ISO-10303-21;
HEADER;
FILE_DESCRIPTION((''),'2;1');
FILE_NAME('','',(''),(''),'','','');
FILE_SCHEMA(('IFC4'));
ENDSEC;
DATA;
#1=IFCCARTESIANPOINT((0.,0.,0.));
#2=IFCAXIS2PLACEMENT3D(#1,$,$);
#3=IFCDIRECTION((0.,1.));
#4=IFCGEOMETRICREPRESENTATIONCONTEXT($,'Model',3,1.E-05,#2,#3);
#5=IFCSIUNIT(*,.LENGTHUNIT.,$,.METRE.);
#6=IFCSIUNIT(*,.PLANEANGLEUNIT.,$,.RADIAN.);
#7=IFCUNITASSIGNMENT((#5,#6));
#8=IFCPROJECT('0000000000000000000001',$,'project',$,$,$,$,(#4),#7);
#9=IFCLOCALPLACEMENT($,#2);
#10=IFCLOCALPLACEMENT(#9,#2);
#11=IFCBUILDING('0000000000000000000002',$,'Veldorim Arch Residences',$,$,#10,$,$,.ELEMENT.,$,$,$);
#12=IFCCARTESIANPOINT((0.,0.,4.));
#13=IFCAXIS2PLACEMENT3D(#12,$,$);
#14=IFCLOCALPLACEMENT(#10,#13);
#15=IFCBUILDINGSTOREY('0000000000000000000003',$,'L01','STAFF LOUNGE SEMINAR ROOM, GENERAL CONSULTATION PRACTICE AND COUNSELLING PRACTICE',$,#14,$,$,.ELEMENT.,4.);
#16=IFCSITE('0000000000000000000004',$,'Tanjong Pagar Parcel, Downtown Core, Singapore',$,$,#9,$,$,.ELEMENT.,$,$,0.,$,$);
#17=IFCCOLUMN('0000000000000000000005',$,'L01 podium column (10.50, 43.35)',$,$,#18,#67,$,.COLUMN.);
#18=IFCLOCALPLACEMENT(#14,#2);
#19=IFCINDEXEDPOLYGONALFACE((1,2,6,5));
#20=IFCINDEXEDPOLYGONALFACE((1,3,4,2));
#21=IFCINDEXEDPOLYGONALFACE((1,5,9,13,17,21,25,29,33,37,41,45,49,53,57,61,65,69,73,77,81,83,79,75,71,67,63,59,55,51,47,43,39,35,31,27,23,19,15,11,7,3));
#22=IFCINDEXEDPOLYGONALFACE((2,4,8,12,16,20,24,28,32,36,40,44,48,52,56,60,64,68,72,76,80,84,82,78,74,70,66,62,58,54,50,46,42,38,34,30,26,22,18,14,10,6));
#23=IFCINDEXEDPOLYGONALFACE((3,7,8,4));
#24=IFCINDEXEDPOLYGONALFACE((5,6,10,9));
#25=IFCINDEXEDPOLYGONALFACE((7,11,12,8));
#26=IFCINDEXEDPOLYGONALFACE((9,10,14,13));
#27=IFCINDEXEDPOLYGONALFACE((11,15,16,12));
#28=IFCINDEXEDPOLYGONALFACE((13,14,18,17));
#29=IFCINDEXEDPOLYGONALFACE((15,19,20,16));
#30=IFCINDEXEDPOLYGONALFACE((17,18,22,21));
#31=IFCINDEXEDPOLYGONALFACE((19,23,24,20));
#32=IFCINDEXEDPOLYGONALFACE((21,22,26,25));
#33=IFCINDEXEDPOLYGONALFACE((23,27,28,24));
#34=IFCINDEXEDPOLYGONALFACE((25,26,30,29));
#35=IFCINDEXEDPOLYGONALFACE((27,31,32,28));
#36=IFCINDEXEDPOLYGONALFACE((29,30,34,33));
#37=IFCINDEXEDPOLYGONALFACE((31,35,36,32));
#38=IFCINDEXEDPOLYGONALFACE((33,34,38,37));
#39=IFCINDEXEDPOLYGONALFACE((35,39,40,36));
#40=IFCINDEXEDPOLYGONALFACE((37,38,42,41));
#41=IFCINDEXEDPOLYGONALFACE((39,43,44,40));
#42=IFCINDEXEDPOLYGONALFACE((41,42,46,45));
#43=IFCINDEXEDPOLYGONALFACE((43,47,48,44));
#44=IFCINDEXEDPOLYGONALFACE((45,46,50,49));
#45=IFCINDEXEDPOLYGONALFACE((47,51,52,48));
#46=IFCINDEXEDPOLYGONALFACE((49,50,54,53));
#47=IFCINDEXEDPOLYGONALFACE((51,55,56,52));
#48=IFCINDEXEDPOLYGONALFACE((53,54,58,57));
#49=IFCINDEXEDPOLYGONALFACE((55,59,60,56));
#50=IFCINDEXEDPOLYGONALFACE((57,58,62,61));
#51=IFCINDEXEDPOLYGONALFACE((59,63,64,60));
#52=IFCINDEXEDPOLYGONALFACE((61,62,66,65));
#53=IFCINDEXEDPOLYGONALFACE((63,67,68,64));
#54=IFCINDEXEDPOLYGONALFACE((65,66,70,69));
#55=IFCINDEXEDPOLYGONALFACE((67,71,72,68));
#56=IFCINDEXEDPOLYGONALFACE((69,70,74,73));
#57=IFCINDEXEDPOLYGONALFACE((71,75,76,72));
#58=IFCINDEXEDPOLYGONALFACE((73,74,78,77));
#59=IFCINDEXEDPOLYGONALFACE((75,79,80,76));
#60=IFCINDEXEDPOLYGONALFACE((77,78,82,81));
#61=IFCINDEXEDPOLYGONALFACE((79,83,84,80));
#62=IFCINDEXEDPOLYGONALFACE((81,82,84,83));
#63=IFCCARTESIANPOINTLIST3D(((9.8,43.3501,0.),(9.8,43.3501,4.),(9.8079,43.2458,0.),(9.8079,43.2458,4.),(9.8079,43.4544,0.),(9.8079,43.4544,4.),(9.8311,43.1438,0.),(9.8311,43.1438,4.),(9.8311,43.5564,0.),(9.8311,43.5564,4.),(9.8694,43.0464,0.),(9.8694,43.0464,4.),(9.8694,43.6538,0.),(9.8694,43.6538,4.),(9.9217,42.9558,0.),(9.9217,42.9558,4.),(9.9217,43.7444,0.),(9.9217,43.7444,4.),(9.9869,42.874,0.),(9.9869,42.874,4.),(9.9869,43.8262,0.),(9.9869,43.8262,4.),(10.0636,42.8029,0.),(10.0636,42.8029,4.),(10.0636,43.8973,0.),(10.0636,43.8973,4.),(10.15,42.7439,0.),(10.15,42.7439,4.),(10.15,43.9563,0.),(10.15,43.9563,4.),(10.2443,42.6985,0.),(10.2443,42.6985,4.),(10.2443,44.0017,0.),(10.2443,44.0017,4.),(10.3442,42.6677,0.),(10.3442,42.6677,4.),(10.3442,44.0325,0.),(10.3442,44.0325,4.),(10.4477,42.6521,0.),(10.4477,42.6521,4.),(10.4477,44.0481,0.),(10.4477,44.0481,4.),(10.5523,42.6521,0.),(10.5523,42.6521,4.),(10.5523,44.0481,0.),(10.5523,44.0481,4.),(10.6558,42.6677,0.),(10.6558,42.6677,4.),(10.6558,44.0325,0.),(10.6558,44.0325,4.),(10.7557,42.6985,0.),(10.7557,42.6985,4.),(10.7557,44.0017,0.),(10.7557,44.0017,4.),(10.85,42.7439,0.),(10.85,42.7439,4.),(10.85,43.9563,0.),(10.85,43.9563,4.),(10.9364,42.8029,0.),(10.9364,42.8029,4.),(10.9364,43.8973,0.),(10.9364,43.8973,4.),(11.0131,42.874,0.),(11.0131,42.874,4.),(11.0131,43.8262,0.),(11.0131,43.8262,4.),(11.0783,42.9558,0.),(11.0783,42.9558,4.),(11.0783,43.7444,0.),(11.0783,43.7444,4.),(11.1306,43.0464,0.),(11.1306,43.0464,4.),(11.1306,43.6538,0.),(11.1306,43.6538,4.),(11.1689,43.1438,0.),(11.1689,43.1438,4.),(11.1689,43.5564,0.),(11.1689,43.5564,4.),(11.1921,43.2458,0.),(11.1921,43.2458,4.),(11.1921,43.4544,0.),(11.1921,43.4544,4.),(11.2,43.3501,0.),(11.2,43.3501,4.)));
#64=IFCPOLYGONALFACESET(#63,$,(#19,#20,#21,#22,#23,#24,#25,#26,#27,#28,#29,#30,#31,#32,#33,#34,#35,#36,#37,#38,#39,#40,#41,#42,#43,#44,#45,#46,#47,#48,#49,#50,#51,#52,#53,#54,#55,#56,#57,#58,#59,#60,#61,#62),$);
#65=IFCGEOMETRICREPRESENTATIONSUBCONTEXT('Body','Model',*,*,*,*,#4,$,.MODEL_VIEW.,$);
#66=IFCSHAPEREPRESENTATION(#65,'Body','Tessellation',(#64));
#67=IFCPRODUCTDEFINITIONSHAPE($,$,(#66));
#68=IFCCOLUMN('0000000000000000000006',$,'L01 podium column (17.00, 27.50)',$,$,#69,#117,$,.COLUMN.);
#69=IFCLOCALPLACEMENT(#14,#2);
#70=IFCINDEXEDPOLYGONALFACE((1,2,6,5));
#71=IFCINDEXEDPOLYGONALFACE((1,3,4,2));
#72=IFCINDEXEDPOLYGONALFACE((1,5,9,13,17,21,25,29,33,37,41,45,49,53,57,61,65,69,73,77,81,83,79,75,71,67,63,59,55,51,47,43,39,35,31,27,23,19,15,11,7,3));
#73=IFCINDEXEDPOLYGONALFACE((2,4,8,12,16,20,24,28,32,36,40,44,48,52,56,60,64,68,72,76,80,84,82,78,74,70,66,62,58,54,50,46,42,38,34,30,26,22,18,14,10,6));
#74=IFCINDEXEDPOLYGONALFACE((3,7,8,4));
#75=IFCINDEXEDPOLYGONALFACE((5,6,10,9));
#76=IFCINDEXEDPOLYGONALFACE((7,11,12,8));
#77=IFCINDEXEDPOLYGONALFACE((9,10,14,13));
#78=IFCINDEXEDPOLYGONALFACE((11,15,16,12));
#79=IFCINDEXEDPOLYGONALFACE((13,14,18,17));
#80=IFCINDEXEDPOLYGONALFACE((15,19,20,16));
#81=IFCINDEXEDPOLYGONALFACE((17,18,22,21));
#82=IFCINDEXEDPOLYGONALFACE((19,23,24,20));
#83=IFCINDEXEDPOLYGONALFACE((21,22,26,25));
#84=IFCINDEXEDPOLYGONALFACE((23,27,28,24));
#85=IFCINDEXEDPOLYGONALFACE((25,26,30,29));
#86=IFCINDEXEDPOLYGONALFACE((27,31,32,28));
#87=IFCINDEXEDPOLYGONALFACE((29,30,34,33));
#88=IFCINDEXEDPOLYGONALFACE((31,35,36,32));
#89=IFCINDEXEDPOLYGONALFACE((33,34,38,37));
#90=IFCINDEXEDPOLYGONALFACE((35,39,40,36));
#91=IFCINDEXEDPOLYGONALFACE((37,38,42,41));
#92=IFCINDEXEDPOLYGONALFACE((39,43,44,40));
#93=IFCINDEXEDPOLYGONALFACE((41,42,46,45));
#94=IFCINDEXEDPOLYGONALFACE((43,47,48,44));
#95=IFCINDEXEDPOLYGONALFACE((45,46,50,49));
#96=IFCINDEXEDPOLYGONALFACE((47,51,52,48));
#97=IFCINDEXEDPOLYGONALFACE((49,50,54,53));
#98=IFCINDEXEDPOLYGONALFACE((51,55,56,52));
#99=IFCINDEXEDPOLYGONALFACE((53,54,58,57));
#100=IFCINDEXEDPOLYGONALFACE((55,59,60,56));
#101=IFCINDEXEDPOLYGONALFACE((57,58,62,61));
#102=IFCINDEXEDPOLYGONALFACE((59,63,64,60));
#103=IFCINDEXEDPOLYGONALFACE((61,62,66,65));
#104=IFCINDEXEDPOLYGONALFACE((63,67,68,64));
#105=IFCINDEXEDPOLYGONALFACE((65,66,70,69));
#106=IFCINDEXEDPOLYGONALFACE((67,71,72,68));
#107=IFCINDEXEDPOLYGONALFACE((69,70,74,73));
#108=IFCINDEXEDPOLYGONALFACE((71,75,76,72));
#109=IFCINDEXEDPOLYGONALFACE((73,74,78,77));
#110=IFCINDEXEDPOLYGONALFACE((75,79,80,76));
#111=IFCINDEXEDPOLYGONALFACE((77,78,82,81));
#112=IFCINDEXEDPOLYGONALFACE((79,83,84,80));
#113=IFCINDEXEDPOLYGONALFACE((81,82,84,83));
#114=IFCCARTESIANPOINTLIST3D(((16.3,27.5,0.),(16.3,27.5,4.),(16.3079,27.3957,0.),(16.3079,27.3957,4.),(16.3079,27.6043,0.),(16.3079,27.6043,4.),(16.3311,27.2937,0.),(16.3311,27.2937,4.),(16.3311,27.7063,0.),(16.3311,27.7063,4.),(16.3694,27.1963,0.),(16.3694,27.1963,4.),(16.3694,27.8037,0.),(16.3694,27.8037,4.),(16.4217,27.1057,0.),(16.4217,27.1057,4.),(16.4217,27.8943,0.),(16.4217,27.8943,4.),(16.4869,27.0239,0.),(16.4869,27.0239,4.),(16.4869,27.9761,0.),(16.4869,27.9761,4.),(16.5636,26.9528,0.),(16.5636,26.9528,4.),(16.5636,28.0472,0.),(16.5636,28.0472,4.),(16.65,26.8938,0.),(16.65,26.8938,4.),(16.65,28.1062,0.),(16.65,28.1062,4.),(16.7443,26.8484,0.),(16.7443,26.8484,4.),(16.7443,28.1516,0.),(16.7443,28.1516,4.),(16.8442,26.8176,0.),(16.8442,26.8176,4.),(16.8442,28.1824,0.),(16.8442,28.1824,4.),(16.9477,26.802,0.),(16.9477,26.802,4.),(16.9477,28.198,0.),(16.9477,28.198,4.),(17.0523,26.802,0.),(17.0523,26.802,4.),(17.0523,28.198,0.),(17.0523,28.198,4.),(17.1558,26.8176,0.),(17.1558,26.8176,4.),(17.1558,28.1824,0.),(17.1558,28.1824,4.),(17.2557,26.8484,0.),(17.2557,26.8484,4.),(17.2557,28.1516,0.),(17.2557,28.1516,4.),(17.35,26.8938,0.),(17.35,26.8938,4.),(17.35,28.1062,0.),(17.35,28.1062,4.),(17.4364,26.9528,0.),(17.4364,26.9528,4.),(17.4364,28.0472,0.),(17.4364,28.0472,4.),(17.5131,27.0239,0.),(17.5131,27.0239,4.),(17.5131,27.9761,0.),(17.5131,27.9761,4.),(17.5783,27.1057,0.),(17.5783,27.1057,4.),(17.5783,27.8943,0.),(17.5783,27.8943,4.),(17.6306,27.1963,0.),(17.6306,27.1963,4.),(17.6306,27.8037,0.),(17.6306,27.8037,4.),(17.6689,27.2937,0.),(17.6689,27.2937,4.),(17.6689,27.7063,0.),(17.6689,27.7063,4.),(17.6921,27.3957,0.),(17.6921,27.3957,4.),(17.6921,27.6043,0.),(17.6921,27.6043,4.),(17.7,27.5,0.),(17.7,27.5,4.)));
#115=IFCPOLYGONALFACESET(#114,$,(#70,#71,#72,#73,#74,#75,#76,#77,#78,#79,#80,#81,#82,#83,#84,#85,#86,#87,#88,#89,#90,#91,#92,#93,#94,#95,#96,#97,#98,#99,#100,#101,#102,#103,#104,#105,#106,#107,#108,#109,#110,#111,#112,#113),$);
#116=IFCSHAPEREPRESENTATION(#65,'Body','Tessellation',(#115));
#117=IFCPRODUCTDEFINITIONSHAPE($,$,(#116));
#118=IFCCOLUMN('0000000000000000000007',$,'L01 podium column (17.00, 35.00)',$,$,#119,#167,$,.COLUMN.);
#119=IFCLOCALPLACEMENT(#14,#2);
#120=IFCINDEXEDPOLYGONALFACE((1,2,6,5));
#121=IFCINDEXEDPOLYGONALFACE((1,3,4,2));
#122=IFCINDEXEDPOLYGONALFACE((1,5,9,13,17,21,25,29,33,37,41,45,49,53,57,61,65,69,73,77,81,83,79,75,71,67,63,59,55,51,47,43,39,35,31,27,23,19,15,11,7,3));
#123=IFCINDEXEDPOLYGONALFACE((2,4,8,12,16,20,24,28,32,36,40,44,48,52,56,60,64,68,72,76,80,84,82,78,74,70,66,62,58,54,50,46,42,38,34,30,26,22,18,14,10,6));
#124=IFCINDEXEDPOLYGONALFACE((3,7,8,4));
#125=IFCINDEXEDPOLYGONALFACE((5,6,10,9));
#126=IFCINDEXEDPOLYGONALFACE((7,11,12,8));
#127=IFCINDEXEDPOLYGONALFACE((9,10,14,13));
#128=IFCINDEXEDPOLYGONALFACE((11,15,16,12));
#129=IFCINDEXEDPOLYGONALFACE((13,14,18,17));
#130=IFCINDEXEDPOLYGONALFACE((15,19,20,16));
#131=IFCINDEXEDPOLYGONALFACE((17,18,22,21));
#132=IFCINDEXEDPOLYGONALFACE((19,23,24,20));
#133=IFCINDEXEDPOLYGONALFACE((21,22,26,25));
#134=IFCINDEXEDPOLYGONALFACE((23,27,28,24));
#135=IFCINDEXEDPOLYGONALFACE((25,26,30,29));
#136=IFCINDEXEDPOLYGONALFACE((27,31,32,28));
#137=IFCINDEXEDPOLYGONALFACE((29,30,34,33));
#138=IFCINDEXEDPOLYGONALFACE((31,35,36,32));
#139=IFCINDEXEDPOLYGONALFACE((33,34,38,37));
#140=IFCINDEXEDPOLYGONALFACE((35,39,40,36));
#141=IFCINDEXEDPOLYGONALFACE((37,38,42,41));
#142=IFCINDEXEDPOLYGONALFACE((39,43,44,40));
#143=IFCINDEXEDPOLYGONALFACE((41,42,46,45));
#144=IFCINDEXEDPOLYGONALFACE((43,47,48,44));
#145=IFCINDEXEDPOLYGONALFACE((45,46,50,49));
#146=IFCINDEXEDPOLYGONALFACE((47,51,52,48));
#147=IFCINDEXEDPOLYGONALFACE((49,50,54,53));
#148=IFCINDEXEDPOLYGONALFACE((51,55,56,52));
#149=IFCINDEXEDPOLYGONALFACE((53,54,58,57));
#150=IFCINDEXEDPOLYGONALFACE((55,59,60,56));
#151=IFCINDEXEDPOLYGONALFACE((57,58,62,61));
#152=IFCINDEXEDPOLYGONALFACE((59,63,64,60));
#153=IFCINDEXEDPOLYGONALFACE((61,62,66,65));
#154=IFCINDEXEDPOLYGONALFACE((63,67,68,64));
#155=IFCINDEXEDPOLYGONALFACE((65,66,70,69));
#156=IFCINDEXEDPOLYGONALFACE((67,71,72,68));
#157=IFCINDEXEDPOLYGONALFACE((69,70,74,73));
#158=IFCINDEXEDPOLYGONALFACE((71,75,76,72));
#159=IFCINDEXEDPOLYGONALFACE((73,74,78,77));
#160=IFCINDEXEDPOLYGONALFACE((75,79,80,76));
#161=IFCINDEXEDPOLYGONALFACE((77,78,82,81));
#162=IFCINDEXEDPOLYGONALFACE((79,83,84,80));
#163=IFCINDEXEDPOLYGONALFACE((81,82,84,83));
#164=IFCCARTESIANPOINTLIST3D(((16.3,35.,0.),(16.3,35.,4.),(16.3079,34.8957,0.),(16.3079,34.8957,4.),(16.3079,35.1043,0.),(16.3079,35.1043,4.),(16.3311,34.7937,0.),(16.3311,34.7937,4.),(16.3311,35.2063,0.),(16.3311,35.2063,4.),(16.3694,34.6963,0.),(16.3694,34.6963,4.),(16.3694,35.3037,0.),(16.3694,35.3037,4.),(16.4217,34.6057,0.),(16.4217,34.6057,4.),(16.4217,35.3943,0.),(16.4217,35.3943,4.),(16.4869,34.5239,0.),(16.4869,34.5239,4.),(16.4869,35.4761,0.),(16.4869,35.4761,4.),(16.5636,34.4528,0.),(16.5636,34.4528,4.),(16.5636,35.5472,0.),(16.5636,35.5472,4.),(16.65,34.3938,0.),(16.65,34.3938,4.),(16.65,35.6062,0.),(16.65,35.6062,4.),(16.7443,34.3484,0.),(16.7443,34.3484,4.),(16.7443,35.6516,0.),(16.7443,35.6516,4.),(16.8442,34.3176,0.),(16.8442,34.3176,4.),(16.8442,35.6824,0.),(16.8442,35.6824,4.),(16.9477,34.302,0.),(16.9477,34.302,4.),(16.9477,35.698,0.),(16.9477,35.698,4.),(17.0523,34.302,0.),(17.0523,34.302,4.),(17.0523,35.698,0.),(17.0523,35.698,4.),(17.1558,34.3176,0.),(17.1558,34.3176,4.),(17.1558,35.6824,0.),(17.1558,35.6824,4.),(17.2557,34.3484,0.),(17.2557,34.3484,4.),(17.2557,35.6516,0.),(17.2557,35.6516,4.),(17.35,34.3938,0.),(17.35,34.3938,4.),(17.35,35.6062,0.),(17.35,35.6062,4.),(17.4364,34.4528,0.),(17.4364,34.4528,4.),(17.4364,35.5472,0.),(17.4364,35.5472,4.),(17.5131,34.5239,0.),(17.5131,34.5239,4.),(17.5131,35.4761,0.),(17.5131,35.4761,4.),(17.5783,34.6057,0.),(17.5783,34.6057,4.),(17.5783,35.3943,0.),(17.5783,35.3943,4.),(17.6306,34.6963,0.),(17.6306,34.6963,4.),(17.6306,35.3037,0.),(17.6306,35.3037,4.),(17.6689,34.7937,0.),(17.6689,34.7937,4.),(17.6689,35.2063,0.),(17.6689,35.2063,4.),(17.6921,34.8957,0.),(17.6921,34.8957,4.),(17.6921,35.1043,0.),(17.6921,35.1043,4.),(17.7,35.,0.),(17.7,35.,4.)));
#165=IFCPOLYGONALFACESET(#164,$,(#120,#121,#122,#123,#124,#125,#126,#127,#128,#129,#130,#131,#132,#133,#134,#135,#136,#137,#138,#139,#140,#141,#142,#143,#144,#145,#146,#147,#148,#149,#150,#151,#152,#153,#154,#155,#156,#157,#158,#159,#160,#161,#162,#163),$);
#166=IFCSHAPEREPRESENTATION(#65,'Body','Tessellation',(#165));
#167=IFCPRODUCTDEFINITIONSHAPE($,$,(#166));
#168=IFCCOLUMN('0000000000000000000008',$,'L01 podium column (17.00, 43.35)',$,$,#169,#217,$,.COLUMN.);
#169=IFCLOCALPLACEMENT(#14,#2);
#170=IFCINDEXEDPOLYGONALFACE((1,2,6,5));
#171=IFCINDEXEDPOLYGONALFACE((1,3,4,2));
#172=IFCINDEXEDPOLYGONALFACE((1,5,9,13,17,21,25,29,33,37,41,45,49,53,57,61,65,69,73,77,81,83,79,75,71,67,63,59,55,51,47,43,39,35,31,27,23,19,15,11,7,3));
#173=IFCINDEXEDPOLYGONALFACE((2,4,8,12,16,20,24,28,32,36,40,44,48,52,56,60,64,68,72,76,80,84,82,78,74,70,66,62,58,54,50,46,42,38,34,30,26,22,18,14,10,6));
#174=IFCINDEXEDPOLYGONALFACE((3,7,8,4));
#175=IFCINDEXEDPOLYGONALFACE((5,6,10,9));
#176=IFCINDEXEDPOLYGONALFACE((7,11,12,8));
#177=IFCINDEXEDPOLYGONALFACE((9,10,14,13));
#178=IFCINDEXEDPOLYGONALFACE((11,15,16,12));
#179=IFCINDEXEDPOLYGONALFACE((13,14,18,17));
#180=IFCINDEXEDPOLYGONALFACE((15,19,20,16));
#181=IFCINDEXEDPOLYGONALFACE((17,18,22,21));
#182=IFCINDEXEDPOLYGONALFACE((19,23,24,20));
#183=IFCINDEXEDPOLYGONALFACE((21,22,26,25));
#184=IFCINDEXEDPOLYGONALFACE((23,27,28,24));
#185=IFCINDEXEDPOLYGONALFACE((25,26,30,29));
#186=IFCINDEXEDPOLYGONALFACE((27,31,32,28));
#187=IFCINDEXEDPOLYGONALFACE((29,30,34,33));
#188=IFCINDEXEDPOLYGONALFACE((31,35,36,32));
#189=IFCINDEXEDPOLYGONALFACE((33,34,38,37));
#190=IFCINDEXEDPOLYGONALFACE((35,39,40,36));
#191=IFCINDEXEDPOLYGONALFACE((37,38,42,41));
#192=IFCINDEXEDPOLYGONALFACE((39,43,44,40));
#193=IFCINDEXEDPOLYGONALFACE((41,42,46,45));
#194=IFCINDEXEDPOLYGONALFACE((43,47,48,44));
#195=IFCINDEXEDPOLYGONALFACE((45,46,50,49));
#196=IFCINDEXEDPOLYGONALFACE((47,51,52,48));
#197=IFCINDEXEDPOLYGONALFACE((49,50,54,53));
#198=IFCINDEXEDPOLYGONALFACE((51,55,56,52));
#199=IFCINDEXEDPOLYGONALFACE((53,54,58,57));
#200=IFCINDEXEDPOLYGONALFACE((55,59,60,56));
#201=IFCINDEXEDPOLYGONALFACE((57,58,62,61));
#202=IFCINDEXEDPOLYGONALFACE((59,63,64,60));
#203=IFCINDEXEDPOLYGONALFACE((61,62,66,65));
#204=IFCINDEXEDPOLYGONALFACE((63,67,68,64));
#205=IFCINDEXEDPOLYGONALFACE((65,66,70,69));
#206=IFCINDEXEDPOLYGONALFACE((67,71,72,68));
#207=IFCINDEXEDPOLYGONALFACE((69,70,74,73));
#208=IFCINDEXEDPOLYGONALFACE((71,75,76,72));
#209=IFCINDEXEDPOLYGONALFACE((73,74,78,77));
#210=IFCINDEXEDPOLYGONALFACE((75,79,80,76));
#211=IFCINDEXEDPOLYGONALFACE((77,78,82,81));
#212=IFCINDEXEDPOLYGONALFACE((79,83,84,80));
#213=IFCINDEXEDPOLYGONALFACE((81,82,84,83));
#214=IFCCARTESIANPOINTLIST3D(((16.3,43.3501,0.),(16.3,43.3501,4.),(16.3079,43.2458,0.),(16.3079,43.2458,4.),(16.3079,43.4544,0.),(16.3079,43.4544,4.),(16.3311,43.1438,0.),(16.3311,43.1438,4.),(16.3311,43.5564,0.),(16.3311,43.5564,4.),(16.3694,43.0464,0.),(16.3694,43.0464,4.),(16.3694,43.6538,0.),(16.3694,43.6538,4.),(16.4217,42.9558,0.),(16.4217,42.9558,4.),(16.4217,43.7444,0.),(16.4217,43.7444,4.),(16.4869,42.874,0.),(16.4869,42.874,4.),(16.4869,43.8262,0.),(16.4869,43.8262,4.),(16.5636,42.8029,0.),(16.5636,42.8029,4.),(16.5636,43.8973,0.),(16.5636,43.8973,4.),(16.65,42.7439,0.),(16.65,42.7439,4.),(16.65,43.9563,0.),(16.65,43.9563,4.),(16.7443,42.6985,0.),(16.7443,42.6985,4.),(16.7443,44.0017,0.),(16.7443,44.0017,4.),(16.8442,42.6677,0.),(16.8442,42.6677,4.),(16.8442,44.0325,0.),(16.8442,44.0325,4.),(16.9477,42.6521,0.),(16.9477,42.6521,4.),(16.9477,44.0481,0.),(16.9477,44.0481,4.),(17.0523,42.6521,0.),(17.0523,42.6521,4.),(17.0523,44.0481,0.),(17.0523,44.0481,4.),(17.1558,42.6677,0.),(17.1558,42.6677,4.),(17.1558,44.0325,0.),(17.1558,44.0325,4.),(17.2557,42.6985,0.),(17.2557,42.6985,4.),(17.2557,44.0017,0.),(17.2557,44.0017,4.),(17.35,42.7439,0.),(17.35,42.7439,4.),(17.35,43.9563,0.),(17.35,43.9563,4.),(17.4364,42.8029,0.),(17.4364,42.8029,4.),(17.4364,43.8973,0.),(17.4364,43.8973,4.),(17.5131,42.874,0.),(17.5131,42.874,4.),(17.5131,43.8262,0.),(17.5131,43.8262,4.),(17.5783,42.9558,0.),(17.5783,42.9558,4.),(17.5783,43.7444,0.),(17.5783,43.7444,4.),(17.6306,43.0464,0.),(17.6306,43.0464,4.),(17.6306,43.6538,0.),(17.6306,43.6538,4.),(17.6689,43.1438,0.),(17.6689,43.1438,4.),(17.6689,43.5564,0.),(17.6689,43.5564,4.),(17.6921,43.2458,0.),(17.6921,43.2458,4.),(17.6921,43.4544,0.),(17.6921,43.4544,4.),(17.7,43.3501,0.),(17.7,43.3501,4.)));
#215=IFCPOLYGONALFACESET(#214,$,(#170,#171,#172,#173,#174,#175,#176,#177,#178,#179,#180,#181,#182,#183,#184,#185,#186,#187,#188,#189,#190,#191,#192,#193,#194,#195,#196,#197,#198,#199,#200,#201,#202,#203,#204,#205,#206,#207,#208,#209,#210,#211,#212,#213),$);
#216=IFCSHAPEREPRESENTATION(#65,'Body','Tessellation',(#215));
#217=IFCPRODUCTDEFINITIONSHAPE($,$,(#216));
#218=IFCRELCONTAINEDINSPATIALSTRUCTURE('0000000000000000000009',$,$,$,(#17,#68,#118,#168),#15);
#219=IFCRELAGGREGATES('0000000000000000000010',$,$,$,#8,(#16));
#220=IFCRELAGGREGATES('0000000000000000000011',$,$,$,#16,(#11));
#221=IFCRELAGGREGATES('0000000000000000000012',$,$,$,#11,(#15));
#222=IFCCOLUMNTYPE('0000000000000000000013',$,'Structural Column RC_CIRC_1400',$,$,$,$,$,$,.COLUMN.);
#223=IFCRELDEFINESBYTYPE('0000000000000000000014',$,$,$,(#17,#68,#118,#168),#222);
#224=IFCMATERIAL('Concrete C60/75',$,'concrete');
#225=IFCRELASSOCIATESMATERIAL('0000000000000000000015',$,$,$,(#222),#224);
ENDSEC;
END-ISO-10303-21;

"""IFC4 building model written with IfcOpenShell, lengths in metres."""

from ifc_helpers import new_model, si_unit, direction, frame, origin, origin_2d, place, context, subcontext, project, spatial, circle, extrude, material, material_profile, profile_set, type_object, element, save


model = new_model("IFC4")

# Units and contexts
model_context = context("Model", 3, precision=1e-05, world=origin(), true_north=direction((0.0, 1.0)))
body_context = subcontext(model_context, "Body", "Model", "MODEL_VIEW")
ifc_project = project(units=[si_unit("LENGTHUNIT", "METRE"), si_unit("PLANEANGLEUNIT", "RADIAN")], contexts=[model_context])

# Site, building, storey
site_placement = place(None, origin())
site = spatial("IfcSite", under=ifc_project, at=site_placement, Name="Tanjong Pagar Parcel, Downtown Core, Singapore", CompositionType="ELEMENT", RefElevation=0.0)
building_placement = place(site_placement, origin())
building = spatial("IfcBuilding", under=site, at=building_placement, Name="Veldorim Arch Residences", CompositionType="ELEMENT")
storey_placement = place(building_placement, frame((0.0, 0.0, 4.0)))
storey = spatial("IfcBuildingStorey", under=building, at=storey_placement, Name="L01", Description="STAFF LOUNGE SEMINAR ROOM, GENERAL CONSULTATION PRACTICE AND COUNSELLING PRACTICE", CompositionType="ELEMENT", Elevation=4.0)

# Columns
ifc_material_1 = material(Name="Concrete C60/75", Category="concrete")
ifc_material_profile_1 = material_profile(ifc_material_1, circle(Radius=0.7, at=origin_2d()), Name="RC_CIRC_1400")
ifc_profile_set_1 = profile_set([ifc_material_profile_1], Name="Concrete C60/75")
column_type = type_object("IfcColumnType", Name="Structural Column RC_CIRC_1400", PredefinedType="COLUMN", material=ifc_profile_set_1)
for number, where, z_axis, x_axis, name in (
    (1, (10.5, 43.3501, 0.0), (0.0, 0.0, 1.0), (1.0, 0.0, 0.0), "L01 podium column (10.50, 43.35)"),
    (2, (17.0, 27.5, 0.0), (0.0, 0.0, 1.0), (1.0, 0.0, 0.0), "L01 podium column (17.00, 27.50)"),
    (3, (17.0, 35.0, 0.0), (0.0, 0.0, 1.0), (1.0, 0.0, 0.0), "L01 podium column (17.00, 35.00)"),
    (4, (17.0, 43.3501, 0.0), (0.0, 0.0, 1.0), (1.0, 0.0, 0.0), "L01 podium column (17.00, 43.35)"),
):
    element("IfcColumn", number, at=place(storey_placement, frame(where, z_axis=z_axis, x_axis=x_axis)), inside=storey, type_object=column_type, Name=name, PredefinedType="COLUMN", context=body_context, shape_type="SweptSolid", body=[
        extrude(circle(Radius=0.7, at=origin_2d()), origin(), (0.0, 0.0, 1.0), 4.0),
    ])

save(model, "model.ifc")
